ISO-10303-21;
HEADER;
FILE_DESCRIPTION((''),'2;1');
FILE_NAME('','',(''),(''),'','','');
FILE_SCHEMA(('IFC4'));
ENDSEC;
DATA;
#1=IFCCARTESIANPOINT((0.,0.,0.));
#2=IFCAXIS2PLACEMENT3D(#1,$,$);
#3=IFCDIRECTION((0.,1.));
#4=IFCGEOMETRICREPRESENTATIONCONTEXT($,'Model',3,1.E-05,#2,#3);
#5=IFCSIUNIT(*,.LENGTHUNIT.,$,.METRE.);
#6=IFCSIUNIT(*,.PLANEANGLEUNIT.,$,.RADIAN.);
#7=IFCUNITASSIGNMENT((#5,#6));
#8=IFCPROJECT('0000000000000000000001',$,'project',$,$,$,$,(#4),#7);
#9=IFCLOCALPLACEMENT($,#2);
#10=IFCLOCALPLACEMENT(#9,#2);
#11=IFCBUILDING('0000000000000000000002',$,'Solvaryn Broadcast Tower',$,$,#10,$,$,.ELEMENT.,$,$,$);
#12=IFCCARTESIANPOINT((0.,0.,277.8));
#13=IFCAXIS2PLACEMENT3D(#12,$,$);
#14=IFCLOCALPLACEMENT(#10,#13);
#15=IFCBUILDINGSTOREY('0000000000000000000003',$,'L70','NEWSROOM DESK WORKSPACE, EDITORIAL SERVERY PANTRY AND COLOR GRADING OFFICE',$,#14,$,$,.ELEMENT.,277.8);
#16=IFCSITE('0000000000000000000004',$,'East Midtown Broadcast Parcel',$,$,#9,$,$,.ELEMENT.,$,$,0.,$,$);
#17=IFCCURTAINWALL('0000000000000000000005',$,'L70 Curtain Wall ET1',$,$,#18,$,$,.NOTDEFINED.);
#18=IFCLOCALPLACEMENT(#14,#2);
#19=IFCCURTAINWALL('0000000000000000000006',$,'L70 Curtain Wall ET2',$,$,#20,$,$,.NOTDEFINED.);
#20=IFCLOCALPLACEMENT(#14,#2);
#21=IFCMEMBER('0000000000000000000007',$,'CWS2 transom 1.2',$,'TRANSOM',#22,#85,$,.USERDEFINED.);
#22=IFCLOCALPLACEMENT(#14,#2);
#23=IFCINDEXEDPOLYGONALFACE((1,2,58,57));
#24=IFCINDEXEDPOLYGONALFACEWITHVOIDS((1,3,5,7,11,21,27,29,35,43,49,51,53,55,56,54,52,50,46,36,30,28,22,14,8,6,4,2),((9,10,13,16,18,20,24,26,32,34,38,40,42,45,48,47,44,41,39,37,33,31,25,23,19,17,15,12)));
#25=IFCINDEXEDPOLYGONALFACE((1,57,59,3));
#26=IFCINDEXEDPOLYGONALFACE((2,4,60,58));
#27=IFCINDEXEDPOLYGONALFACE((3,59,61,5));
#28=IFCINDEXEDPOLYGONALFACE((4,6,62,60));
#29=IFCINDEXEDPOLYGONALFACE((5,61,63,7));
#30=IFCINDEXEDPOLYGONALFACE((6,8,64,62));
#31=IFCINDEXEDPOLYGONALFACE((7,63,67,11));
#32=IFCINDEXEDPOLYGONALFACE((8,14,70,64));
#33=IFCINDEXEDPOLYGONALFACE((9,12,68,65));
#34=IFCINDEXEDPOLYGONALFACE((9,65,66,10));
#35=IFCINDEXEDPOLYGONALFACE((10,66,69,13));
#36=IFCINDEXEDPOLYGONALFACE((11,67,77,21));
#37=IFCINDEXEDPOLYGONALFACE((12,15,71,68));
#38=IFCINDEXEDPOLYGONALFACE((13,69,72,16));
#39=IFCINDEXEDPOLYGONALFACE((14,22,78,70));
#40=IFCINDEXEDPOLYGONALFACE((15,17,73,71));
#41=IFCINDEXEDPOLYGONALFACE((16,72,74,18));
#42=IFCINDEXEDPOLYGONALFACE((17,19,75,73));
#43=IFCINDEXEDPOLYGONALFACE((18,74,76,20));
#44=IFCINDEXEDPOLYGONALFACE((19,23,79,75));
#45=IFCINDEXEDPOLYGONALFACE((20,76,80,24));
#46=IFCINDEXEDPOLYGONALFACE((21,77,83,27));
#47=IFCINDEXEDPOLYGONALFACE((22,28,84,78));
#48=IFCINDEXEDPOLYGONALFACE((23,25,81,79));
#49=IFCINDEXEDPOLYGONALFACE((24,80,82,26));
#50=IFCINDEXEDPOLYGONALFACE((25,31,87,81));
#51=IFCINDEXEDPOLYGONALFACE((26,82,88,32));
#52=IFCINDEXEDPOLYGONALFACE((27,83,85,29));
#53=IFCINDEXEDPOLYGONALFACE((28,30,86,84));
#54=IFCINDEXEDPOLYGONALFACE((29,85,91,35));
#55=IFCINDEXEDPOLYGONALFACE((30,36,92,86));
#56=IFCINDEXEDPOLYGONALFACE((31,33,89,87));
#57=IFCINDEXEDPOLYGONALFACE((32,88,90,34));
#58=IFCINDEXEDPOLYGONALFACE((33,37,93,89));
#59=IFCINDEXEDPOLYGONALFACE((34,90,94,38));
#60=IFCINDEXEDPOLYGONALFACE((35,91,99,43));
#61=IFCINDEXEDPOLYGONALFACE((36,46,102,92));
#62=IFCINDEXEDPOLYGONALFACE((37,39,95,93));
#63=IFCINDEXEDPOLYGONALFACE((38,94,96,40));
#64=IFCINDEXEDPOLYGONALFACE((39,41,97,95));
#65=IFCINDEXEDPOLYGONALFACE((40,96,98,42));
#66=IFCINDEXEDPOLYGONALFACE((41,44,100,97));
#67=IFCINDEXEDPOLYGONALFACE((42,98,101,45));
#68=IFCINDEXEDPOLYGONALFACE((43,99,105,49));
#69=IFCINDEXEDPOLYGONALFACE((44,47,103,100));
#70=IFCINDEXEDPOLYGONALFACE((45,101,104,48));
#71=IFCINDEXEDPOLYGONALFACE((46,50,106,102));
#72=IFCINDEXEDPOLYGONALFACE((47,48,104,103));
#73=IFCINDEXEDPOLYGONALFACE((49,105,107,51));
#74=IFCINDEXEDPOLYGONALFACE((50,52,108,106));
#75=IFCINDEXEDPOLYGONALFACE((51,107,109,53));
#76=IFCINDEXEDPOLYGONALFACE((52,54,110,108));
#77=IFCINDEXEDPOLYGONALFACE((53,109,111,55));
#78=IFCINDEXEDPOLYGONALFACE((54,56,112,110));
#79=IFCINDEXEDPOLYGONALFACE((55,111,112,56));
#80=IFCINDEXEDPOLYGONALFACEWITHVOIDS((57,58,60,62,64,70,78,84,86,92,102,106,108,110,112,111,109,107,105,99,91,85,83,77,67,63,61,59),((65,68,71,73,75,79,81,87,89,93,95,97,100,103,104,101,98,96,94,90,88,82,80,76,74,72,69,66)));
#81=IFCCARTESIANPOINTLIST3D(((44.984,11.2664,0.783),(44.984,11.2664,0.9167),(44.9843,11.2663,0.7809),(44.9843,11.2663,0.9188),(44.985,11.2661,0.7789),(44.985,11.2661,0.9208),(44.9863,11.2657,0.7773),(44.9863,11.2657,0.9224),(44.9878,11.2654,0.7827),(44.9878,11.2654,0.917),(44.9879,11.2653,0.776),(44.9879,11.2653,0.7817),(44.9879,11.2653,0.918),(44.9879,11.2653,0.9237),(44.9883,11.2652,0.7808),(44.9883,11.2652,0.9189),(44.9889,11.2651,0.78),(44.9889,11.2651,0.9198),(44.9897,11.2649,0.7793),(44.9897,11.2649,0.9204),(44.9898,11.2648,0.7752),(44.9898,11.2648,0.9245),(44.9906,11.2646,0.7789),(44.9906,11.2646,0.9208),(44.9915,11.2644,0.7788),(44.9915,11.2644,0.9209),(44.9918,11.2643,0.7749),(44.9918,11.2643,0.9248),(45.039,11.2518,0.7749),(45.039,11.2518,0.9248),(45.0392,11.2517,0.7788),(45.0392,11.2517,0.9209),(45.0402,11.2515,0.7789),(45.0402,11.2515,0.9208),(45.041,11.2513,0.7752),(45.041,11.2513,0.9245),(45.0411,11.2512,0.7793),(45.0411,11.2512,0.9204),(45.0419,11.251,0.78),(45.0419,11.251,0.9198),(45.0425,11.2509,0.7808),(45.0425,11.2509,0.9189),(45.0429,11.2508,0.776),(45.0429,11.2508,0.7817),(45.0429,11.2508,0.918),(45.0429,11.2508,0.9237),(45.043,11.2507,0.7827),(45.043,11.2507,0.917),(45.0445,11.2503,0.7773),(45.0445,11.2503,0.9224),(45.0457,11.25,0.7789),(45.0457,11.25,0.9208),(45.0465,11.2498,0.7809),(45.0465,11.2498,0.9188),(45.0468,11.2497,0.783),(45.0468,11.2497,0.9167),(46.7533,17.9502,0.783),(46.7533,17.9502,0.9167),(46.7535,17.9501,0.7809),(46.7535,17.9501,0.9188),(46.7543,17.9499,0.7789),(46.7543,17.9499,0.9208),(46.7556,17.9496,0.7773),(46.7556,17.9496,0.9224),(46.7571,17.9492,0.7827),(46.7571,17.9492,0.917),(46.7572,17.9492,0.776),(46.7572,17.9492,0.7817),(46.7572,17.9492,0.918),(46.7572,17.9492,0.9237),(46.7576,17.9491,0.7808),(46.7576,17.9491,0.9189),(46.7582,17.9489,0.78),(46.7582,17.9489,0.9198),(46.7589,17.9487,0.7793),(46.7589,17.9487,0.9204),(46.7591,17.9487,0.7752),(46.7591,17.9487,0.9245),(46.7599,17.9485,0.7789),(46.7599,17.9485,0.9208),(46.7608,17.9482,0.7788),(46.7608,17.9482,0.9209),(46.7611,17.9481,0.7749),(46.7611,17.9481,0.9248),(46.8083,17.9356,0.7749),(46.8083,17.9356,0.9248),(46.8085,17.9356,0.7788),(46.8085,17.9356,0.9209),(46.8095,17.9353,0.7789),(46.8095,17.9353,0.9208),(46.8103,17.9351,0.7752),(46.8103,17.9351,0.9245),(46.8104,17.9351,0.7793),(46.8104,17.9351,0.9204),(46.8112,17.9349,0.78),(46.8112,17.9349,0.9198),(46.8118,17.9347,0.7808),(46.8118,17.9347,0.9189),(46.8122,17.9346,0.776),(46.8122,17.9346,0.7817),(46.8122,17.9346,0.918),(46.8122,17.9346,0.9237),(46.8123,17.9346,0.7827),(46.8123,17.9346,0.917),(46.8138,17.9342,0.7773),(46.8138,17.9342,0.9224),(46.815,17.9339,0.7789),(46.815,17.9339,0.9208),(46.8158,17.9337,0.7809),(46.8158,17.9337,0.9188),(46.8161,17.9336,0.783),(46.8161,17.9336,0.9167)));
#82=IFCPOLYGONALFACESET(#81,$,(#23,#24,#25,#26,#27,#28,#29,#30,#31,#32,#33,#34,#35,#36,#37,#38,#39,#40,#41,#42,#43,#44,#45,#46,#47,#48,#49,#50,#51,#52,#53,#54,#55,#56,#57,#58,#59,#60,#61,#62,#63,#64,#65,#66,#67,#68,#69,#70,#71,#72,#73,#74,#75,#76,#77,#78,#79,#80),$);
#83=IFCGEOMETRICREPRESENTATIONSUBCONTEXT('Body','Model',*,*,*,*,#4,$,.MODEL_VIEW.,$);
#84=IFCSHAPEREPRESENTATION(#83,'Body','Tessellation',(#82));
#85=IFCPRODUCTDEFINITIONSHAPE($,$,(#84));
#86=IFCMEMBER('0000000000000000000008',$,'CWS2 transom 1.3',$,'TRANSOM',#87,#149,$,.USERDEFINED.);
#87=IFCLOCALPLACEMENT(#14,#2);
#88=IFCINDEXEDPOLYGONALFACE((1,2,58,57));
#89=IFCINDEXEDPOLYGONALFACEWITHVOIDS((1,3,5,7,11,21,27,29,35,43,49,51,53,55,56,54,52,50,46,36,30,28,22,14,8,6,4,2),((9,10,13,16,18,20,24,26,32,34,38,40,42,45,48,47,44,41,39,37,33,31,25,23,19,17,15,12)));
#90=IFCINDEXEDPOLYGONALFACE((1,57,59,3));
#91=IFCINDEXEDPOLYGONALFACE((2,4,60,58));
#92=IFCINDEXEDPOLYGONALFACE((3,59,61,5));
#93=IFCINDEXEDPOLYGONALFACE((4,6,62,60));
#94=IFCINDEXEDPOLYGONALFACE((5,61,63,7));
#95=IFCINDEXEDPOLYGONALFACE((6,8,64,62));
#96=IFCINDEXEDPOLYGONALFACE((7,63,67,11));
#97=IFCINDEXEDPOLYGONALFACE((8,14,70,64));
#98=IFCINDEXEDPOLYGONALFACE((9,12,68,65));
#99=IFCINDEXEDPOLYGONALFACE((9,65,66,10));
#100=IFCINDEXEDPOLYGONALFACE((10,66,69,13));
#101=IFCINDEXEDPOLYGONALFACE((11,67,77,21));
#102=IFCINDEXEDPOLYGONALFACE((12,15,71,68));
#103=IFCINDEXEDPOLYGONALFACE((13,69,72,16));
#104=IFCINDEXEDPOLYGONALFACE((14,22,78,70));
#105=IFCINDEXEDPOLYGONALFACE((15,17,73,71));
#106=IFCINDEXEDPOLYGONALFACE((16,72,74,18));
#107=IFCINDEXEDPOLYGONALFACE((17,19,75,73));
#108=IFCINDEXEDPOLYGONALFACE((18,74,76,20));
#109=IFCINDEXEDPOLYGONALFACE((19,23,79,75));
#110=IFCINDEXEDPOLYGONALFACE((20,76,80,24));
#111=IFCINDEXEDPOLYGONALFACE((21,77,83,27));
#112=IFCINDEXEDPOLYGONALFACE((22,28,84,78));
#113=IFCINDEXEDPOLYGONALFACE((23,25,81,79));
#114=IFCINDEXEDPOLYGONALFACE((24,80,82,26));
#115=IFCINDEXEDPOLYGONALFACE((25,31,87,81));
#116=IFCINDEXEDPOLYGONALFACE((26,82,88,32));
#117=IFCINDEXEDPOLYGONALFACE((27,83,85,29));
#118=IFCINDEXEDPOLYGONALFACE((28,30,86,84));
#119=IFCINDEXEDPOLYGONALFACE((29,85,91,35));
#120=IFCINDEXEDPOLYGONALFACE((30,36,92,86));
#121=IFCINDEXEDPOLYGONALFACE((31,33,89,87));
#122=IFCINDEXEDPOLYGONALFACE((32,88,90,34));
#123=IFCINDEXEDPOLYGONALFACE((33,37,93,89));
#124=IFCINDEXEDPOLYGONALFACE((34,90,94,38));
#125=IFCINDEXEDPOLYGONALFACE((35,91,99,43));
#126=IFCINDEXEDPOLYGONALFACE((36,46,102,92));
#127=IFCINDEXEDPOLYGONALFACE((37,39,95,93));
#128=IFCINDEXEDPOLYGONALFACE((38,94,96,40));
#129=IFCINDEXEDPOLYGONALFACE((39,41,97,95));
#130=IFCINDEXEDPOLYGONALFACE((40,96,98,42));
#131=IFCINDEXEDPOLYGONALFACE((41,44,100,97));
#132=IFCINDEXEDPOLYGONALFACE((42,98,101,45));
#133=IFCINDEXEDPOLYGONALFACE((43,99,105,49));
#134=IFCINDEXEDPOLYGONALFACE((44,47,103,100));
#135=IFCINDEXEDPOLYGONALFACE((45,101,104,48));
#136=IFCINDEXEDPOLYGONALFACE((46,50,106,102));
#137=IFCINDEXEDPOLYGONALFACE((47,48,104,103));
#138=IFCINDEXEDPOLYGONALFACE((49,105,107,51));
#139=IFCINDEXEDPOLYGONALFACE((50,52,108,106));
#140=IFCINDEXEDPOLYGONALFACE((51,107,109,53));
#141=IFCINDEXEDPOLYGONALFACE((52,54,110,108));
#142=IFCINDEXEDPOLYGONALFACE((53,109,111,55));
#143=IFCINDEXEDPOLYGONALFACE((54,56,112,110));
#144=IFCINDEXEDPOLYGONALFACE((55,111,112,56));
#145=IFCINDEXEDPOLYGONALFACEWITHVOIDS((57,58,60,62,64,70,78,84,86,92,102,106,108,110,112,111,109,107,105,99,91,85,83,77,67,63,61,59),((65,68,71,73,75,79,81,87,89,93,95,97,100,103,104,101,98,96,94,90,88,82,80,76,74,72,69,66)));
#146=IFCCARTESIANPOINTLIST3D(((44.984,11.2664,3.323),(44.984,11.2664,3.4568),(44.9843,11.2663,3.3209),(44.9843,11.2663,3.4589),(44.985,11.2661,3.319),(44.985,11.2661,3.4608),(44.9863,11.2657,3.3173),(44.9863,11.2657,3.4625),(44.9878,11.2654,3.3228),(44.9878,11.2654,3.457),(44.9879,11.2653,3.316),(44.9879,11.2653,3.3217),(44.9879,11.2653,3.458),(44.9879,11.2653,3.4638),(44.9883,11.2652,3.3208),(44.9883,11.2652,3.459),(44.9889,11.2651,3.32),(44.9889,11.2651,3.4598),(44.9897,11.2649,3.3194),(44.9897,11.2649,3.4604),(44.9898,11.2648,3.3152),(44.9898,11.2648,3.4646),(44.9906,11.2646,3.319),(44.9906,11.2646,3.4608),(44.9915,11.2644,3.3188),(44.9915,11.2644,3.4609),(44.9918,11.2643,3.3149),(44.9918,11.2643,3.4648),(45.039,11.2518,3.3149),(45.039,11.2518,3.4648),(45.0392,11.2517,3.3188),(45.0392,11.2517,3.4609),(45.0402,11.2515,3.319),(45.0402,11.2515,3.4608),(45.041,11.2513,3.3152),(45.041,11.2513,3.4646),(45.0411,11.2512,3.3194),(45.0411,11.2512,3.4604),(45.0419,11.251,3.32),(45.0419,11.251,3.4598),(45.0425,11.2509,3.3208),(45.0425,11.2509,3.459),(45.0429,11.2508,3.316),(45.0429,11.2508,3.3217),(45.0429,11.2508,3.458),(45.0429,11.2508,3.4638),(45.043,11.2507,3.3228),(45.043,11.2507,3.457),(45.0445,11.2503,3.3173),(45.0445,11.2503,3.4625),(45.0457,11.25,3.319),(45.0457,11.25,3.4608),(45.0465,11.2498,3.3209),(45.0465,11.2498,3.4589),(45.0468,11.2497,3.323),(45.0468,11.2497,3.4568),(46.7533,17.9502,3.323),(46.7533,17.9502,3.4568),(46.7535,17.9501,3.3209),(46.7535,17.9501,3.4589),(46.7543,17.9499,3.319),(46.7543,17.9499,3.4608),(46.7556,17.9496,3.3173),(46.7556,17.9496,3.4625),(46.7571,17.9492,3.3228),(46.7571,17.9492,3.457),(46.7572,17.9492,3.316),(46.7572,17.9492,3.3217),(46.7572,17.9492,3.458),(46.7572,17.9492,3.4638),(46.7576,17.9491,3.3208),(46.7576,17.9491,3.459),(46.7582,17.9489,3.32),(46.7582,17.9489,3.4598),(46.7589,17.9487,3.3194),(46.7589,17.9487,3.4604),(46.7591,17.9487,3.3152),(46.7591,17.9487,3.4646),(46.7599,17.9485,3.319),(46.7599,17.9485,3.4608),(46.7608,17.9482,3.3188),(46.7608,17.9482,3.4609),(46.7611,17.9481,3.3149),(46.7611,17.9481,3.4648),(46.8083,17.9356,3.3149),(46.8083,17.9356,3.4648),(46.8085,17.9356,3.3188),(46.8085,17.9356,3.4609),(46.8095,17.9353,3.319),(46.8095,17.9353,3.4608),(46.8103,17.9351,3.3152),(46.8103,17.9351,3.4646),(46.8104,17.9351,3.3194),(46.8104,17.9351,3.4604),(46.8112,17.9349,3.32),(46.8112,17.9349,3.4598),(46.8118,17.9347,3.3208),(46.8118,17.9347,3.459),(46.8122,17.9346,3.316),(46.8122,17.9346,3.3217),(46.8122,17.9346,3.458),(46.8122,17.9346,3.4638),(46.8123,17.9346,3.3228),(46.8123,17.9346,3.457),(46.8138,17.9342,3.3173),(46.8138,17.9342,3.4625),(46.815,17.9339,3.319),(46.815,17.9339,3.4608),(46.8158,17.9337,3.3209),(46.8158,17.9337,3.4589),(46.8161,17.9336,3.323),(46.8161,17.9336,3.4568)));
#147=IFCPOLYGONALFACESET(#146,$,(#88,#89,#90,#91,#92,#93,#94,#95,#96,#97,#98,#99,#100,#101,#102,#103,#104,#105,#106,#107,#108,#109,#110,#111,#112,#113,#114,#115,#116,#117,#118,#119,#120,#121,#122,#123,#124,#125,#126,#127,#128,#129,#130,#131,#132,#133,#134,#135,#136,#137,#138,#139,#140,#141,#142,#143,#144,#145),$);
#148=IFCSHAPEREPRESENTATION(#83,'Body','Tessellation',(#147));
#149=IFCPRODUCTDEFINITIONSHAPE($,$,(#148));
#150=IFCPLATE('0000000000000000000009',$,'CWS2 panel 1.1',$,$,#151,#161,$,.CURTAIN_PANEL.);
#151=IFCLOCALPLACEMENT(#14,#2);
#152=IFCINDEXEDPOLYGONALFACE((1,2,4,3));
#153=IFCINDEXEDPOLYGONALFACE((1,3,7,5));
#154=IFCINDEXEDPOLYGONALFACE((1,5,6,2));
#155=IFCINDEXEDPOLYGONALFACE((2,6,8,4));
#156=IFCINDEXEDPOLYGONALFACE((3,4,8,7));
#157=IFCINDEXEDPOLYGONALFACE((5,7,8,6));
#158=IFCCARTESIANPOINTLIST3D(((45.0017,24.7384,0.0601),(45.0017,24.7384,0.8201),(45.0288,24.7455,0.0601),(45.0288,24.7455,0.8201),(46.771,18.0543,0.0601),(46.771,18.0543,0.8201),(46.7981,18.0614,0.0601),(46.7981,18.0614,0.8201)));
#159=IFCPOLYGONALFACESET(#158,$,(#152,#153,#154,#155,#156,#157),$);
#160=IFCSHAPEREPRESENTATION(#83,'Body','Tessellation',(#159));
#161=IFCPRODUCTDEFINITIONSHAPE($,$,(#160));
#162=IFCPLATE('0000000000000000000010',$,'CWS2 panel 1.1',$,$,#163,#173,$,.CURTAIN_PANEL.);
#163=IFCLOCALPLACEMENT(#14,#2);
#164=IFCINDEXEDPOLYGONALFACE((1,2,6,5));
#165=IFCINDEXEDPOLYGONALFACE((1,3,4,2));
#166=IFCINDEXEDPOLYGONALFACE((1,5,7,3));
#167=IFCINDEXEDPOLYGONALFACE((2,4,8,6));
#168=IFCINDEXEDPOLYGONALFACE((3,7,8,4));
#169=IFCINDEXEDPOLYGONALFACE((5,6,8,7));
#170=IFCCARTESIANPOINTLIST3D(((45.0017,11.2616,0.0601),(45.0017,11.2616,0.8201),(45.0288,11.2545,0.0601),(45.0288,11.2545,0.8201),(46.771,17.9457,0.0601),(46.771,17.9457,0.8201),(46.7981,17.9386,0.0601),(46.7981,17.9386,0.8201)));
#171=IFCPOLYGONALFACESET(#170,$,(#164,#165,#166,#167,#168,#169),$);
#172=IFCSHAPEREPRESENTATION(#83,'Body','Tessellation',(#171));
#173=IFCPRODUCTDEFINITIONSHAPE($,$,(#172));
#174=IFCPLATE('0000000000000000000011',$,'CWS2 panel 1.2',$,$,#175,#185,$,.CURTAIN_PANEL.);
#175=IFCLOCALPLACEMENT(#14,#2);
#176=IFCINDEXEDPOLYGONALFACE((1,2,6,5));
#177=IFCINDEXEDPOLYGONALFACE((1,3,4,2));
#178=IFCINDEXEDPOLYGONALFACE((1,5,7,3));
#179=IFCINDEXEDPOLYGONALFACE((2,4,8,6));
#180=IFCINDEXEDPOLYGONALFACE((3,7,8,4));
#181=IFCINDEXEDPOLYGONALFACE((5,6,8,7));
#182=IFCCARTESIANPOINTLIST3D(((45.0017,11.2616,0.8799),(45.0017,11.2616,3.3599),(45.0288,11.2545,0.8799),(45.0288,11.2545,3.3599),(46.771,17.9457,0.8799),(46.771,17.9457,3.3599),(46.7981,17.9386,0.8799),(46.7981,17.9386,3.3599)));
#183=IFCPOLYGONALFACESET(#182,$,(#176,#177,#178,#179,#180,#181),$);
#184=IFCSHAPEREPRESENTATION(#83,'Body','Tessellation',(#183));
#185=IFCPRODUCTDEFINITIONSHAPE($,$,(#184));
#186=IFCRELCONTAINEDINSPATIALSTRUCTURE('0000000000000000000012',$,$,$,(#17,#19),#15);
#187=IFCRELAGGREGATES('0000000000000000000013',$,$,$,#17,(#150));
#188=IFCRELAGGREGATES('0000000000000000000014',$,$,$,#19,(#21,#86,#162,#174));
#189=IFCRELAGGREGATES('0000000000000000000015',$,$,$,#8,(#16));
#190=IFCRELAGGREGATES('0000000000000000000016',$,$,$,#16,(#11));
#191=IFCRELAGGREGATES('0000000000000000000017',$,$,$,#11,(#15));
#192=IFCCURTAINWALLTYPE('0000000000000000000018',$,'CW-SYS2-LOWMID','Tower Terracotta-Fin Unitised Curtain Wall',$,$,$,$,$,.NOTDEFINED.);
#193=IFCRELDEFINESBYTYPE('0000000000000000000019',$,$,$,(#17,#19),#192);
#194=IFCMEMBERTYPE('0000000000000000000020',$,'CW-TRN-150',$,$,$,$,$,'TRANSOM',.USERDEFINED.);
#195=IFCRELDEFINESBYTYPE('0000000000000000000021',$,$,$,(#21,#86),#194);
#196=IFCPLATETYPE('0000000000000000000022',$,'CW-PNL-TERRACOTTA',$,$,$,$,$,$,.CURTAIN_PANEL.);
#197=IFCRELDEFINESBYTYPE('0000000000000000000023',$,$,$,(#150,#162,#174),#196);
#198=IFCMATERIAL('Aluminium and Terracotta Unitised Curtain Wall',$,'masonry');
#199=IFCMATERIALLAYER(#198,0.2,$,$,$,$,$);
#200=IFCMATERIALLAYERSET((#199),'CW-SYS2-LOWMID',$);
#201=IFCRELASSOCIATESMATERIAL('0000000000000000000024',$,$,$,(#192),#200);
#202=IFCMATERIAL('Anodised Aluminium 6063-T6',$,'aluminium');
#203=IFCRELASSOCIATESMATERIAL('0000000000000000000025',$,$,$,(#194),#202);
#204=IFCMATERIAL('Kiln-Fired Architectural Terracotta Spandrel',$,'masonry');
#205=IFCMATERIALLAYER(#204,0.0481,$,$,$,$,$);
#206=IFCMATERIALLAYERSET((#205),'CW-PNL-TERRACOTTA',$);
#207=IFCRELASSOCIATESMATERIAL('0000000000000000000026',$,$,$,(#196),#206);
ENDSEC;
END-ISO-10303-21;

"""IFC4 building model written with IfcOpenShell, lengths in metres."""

from ifc_helpers import new_model, si_unit, direction, frame, origin, origin_2d, place, context, subcontext, project, spatial, rectangle, hollow_rectangle, extrude, material, layer, layer_set, material_profile, profile_set, type_object, element, aggregate, save


model = new_model("IFC4")

# Units and contexts
model_context = context("Model", 3, precision=1e-05, world=origin(), true_north=direction((0.0, 1.0)))
body_context = subcontext(model_context, "Body", "Model", "MODEL_VIEW")
ifc_project = project(units=[si_unit("LENGTHUNIT", "METRE"), si_unit("PLANEANGLEUNIT", "RADIAN")], contexts=[model_context])

# Site, building, storey
site_placement = place(None, origin())
site = spatial("IfcSite", under=ifc_project, at=site_placement, Name="East Midtown Broadcast Parcel", CompositionType="ELEMENT", RefElevation=0.0)
building_placement = place(site_placement, origin())
building = spatial("IfcBuilding", under=site, at=building_placement, Name="Solvaryn Broadcast Tower", CompositionType="ELEMENT")
storey_placement = place(building_placement, frame((0.0, 0.0, 277.8)))
storey = spatial("IfcBuildingStorey", under=building, at=storey_placement, Name="L70", Description="NEWSROOM DESK WORKSPACE, EDITORIAL SERVERY PANTRY AND COLOR GRADING OFFICE", CompositionType="ELEMENT", Elevation=277.8)

# Curtain wall
ifc_material_1 = material(Name="Aluminium and Terracotta Unitised Curtain Wall", Category="masonry")
ifc_layer_1 = layer(ifc_material_1, 0.2)
ifc_layer_set_1 = layer_set([ifc_layer_1], Name="CW-SYS2-LOWMID")
curtain_wall_type = type_object("IfcCurtainWallType", Name="CW-SYS2-LOWMID", Description="Tower Terracotta-Fin Unitised Curtain Wall", PredefinedType="NOTDEFINED", material=ifc_layer_set_1)
curtain_wall_1_placement = place(storey_placement, origin())
curtain_wall_1 = element("IfcCurtainWall", 1, at=curtain_wall_1_placement, inside=storey, type_object=curtain_wall_type, Name="L70 Curtain Wall ET1", PredefinedType="NOTDEFINED")

# Curtain wall, members
curtain_wall_2_placement = place(storey_placement, origin())
curtain_wall_2 = element("IfcCurtainWall", 2, at=curtain_wall_2_placement, inside=storey, type_object=curtain_wall_type, Name="L70 Curtain Wall ET2", PredefinedType="NOTDEFINED")
ifc_material_2 = material(Name="Anodised Aluminium 6063-T6", Category="aluminium")
ifc_material_profile_1 = material_profile(ifc_material_2, hollow_rectangle(XDim=0.0649, YDim=0.1499, WallThickness=0.0039, InnerFilletRadius=0.0039, OuterFilletRadius=0.0081, at=origin_2d()))
ifc_profile_set_1 = profile_set([ifc_material_profile_1], Name="Anodised Aluminium 6063-T6")
member_type_1 = type_object("IfcMemberType", Name="CW-TRN-150", ElementType="TRANSOM", PredefinedType="USERDEFINED", material=ifc_profile_set_1)
member_1_placement = place(storey_placement, frame((46.7847, 17.9419, 0.8499), z_axis=(-0.255897, -0.966704, 0.0), x_axis=(0.966704, -0.255897, 0.0)))
member_1 = element("IfcMember", 3, at=member_1_placement, type_object=member_type_1, Name="CWS2 transom 1.2", ObjectType="TRANSOM", PredefinedType="USERDEFINED", context=body_context, shape_type="SweptSolid", body=[
    extrude(hollow_rectangle(XDim=0.0649, YDim=0.1499, WallThickness=0.0039, InnerFilletRadius=0.0039, OuterFilletRadius=0.0081, at=origin_2d()), origin(), (0.0, 0.0, 1.0), 6.9141),
])
member_2_placement = place(storey_placement, frame((46.7847, 17.9419, 3.3899), z_axis=(-0.255897, -0.966704, 0.0), x_axis=(0.966704, -0.255897, 0.0)))
member_2 = element("IfcMember", 4, at=member_2_placement, type_object=member_type_1, Name="CWS2 transom 1.3", ObjectType="TRANSOM", PredefinedType="USERDEFINED", context=body_context, shape_type="SweptSolid", body=[
    extrude(hollow_rectangle(XDim=0.0649, YDim=0.1499, WallThickness=0.0039, InnerFilletRadius=0.0039, OuterFilletRadius=0.0081, at=origin_2d()), origin(), (0.0, 0.0, 1.0), 6.9141),
])

# Plates
ifc_material_3 = material(Name="Kiln-Fired Architectural Terracotta Spandrel", Category="masonry")
ifc_layer_2 = layer(ifc_material_3, 0.0481)
ifc_layer_set_2 = layer_set([ifc_layer_2], Name="CW-PNL-TERRACOTTA")
plate_type = type_object("IfcPlateType", Name="CW-PNL-TERRACOTTA", PredefinedType="CURTAIN_PANEL", material=ifc_layer_set_2)
plate_1_placement = place(storey_placement, frame((45.8999, 21.3999, 0.0601), z_axis=(0.0, 0.0, 1.0), x_axis=(0.255893, -0.966705, 0.0)))
plate_1 = element("IfcPlate", 5, at=plate_1_placement, type_object=plate_type, Name="CWS2 panel 1.1", PredefinedType="CURTAIN_PANEL", context=body_context, shape_type="SweptSolid", body=[
    extrude(rectangle(XDim=6.9143, YDim=0.0281, at=origin_2d()), origin(), (0.0, 0.0, 1.0), 0.76),
])
aggregate(curtain_wall_1, [plate_1])
plate_2_placement = place(storey_placement, frame((45.8999, 14.6001, 0.0601), z_axis=(0.0, 0.0, 1.0), x_axis=(-0.255893, -0.966705, 0.0)))
plate_2 = element("IfcPlate", 6, at=plate_2_placement, type_object=plate_type, Name="CWS2 panel 1.1", PredefinedType="CURTAIN_PANEL", context=body_context, shape_type="SweptSolid", body=[
    extrude(rectangle(XDim=6.9143, YDim=0.0281, at=origin_2d()), origin(), (0.0, 0.0, 1.0), 0.76),
])
plate_3_placement = place(storey_placement, frame((45.8999, 14.6001, 0.8799), z_axis=(0.0, 0.0, 1.0), x_axis=(-0.255893, -0.966705, 0.0)))
plate_3 = element("IfcPlate", 7, at=plate_3_placement, type_object=plate_type, Name="CWS2 panel 1.2", PredefinedType="CURTAIN_PANEL", context=body_context, shape_type="SweptSolid", body=[
    extrude(rectangle(XDim=6.9143, YDim=0.0281, at=origin_2d()), origin(), (0.0, 0.0, 1.0), 2.48),
])
aggregate(curtain_wall_2, [member_1, member_2, plate_2, plate_3])

save(model, "model.ifc")
